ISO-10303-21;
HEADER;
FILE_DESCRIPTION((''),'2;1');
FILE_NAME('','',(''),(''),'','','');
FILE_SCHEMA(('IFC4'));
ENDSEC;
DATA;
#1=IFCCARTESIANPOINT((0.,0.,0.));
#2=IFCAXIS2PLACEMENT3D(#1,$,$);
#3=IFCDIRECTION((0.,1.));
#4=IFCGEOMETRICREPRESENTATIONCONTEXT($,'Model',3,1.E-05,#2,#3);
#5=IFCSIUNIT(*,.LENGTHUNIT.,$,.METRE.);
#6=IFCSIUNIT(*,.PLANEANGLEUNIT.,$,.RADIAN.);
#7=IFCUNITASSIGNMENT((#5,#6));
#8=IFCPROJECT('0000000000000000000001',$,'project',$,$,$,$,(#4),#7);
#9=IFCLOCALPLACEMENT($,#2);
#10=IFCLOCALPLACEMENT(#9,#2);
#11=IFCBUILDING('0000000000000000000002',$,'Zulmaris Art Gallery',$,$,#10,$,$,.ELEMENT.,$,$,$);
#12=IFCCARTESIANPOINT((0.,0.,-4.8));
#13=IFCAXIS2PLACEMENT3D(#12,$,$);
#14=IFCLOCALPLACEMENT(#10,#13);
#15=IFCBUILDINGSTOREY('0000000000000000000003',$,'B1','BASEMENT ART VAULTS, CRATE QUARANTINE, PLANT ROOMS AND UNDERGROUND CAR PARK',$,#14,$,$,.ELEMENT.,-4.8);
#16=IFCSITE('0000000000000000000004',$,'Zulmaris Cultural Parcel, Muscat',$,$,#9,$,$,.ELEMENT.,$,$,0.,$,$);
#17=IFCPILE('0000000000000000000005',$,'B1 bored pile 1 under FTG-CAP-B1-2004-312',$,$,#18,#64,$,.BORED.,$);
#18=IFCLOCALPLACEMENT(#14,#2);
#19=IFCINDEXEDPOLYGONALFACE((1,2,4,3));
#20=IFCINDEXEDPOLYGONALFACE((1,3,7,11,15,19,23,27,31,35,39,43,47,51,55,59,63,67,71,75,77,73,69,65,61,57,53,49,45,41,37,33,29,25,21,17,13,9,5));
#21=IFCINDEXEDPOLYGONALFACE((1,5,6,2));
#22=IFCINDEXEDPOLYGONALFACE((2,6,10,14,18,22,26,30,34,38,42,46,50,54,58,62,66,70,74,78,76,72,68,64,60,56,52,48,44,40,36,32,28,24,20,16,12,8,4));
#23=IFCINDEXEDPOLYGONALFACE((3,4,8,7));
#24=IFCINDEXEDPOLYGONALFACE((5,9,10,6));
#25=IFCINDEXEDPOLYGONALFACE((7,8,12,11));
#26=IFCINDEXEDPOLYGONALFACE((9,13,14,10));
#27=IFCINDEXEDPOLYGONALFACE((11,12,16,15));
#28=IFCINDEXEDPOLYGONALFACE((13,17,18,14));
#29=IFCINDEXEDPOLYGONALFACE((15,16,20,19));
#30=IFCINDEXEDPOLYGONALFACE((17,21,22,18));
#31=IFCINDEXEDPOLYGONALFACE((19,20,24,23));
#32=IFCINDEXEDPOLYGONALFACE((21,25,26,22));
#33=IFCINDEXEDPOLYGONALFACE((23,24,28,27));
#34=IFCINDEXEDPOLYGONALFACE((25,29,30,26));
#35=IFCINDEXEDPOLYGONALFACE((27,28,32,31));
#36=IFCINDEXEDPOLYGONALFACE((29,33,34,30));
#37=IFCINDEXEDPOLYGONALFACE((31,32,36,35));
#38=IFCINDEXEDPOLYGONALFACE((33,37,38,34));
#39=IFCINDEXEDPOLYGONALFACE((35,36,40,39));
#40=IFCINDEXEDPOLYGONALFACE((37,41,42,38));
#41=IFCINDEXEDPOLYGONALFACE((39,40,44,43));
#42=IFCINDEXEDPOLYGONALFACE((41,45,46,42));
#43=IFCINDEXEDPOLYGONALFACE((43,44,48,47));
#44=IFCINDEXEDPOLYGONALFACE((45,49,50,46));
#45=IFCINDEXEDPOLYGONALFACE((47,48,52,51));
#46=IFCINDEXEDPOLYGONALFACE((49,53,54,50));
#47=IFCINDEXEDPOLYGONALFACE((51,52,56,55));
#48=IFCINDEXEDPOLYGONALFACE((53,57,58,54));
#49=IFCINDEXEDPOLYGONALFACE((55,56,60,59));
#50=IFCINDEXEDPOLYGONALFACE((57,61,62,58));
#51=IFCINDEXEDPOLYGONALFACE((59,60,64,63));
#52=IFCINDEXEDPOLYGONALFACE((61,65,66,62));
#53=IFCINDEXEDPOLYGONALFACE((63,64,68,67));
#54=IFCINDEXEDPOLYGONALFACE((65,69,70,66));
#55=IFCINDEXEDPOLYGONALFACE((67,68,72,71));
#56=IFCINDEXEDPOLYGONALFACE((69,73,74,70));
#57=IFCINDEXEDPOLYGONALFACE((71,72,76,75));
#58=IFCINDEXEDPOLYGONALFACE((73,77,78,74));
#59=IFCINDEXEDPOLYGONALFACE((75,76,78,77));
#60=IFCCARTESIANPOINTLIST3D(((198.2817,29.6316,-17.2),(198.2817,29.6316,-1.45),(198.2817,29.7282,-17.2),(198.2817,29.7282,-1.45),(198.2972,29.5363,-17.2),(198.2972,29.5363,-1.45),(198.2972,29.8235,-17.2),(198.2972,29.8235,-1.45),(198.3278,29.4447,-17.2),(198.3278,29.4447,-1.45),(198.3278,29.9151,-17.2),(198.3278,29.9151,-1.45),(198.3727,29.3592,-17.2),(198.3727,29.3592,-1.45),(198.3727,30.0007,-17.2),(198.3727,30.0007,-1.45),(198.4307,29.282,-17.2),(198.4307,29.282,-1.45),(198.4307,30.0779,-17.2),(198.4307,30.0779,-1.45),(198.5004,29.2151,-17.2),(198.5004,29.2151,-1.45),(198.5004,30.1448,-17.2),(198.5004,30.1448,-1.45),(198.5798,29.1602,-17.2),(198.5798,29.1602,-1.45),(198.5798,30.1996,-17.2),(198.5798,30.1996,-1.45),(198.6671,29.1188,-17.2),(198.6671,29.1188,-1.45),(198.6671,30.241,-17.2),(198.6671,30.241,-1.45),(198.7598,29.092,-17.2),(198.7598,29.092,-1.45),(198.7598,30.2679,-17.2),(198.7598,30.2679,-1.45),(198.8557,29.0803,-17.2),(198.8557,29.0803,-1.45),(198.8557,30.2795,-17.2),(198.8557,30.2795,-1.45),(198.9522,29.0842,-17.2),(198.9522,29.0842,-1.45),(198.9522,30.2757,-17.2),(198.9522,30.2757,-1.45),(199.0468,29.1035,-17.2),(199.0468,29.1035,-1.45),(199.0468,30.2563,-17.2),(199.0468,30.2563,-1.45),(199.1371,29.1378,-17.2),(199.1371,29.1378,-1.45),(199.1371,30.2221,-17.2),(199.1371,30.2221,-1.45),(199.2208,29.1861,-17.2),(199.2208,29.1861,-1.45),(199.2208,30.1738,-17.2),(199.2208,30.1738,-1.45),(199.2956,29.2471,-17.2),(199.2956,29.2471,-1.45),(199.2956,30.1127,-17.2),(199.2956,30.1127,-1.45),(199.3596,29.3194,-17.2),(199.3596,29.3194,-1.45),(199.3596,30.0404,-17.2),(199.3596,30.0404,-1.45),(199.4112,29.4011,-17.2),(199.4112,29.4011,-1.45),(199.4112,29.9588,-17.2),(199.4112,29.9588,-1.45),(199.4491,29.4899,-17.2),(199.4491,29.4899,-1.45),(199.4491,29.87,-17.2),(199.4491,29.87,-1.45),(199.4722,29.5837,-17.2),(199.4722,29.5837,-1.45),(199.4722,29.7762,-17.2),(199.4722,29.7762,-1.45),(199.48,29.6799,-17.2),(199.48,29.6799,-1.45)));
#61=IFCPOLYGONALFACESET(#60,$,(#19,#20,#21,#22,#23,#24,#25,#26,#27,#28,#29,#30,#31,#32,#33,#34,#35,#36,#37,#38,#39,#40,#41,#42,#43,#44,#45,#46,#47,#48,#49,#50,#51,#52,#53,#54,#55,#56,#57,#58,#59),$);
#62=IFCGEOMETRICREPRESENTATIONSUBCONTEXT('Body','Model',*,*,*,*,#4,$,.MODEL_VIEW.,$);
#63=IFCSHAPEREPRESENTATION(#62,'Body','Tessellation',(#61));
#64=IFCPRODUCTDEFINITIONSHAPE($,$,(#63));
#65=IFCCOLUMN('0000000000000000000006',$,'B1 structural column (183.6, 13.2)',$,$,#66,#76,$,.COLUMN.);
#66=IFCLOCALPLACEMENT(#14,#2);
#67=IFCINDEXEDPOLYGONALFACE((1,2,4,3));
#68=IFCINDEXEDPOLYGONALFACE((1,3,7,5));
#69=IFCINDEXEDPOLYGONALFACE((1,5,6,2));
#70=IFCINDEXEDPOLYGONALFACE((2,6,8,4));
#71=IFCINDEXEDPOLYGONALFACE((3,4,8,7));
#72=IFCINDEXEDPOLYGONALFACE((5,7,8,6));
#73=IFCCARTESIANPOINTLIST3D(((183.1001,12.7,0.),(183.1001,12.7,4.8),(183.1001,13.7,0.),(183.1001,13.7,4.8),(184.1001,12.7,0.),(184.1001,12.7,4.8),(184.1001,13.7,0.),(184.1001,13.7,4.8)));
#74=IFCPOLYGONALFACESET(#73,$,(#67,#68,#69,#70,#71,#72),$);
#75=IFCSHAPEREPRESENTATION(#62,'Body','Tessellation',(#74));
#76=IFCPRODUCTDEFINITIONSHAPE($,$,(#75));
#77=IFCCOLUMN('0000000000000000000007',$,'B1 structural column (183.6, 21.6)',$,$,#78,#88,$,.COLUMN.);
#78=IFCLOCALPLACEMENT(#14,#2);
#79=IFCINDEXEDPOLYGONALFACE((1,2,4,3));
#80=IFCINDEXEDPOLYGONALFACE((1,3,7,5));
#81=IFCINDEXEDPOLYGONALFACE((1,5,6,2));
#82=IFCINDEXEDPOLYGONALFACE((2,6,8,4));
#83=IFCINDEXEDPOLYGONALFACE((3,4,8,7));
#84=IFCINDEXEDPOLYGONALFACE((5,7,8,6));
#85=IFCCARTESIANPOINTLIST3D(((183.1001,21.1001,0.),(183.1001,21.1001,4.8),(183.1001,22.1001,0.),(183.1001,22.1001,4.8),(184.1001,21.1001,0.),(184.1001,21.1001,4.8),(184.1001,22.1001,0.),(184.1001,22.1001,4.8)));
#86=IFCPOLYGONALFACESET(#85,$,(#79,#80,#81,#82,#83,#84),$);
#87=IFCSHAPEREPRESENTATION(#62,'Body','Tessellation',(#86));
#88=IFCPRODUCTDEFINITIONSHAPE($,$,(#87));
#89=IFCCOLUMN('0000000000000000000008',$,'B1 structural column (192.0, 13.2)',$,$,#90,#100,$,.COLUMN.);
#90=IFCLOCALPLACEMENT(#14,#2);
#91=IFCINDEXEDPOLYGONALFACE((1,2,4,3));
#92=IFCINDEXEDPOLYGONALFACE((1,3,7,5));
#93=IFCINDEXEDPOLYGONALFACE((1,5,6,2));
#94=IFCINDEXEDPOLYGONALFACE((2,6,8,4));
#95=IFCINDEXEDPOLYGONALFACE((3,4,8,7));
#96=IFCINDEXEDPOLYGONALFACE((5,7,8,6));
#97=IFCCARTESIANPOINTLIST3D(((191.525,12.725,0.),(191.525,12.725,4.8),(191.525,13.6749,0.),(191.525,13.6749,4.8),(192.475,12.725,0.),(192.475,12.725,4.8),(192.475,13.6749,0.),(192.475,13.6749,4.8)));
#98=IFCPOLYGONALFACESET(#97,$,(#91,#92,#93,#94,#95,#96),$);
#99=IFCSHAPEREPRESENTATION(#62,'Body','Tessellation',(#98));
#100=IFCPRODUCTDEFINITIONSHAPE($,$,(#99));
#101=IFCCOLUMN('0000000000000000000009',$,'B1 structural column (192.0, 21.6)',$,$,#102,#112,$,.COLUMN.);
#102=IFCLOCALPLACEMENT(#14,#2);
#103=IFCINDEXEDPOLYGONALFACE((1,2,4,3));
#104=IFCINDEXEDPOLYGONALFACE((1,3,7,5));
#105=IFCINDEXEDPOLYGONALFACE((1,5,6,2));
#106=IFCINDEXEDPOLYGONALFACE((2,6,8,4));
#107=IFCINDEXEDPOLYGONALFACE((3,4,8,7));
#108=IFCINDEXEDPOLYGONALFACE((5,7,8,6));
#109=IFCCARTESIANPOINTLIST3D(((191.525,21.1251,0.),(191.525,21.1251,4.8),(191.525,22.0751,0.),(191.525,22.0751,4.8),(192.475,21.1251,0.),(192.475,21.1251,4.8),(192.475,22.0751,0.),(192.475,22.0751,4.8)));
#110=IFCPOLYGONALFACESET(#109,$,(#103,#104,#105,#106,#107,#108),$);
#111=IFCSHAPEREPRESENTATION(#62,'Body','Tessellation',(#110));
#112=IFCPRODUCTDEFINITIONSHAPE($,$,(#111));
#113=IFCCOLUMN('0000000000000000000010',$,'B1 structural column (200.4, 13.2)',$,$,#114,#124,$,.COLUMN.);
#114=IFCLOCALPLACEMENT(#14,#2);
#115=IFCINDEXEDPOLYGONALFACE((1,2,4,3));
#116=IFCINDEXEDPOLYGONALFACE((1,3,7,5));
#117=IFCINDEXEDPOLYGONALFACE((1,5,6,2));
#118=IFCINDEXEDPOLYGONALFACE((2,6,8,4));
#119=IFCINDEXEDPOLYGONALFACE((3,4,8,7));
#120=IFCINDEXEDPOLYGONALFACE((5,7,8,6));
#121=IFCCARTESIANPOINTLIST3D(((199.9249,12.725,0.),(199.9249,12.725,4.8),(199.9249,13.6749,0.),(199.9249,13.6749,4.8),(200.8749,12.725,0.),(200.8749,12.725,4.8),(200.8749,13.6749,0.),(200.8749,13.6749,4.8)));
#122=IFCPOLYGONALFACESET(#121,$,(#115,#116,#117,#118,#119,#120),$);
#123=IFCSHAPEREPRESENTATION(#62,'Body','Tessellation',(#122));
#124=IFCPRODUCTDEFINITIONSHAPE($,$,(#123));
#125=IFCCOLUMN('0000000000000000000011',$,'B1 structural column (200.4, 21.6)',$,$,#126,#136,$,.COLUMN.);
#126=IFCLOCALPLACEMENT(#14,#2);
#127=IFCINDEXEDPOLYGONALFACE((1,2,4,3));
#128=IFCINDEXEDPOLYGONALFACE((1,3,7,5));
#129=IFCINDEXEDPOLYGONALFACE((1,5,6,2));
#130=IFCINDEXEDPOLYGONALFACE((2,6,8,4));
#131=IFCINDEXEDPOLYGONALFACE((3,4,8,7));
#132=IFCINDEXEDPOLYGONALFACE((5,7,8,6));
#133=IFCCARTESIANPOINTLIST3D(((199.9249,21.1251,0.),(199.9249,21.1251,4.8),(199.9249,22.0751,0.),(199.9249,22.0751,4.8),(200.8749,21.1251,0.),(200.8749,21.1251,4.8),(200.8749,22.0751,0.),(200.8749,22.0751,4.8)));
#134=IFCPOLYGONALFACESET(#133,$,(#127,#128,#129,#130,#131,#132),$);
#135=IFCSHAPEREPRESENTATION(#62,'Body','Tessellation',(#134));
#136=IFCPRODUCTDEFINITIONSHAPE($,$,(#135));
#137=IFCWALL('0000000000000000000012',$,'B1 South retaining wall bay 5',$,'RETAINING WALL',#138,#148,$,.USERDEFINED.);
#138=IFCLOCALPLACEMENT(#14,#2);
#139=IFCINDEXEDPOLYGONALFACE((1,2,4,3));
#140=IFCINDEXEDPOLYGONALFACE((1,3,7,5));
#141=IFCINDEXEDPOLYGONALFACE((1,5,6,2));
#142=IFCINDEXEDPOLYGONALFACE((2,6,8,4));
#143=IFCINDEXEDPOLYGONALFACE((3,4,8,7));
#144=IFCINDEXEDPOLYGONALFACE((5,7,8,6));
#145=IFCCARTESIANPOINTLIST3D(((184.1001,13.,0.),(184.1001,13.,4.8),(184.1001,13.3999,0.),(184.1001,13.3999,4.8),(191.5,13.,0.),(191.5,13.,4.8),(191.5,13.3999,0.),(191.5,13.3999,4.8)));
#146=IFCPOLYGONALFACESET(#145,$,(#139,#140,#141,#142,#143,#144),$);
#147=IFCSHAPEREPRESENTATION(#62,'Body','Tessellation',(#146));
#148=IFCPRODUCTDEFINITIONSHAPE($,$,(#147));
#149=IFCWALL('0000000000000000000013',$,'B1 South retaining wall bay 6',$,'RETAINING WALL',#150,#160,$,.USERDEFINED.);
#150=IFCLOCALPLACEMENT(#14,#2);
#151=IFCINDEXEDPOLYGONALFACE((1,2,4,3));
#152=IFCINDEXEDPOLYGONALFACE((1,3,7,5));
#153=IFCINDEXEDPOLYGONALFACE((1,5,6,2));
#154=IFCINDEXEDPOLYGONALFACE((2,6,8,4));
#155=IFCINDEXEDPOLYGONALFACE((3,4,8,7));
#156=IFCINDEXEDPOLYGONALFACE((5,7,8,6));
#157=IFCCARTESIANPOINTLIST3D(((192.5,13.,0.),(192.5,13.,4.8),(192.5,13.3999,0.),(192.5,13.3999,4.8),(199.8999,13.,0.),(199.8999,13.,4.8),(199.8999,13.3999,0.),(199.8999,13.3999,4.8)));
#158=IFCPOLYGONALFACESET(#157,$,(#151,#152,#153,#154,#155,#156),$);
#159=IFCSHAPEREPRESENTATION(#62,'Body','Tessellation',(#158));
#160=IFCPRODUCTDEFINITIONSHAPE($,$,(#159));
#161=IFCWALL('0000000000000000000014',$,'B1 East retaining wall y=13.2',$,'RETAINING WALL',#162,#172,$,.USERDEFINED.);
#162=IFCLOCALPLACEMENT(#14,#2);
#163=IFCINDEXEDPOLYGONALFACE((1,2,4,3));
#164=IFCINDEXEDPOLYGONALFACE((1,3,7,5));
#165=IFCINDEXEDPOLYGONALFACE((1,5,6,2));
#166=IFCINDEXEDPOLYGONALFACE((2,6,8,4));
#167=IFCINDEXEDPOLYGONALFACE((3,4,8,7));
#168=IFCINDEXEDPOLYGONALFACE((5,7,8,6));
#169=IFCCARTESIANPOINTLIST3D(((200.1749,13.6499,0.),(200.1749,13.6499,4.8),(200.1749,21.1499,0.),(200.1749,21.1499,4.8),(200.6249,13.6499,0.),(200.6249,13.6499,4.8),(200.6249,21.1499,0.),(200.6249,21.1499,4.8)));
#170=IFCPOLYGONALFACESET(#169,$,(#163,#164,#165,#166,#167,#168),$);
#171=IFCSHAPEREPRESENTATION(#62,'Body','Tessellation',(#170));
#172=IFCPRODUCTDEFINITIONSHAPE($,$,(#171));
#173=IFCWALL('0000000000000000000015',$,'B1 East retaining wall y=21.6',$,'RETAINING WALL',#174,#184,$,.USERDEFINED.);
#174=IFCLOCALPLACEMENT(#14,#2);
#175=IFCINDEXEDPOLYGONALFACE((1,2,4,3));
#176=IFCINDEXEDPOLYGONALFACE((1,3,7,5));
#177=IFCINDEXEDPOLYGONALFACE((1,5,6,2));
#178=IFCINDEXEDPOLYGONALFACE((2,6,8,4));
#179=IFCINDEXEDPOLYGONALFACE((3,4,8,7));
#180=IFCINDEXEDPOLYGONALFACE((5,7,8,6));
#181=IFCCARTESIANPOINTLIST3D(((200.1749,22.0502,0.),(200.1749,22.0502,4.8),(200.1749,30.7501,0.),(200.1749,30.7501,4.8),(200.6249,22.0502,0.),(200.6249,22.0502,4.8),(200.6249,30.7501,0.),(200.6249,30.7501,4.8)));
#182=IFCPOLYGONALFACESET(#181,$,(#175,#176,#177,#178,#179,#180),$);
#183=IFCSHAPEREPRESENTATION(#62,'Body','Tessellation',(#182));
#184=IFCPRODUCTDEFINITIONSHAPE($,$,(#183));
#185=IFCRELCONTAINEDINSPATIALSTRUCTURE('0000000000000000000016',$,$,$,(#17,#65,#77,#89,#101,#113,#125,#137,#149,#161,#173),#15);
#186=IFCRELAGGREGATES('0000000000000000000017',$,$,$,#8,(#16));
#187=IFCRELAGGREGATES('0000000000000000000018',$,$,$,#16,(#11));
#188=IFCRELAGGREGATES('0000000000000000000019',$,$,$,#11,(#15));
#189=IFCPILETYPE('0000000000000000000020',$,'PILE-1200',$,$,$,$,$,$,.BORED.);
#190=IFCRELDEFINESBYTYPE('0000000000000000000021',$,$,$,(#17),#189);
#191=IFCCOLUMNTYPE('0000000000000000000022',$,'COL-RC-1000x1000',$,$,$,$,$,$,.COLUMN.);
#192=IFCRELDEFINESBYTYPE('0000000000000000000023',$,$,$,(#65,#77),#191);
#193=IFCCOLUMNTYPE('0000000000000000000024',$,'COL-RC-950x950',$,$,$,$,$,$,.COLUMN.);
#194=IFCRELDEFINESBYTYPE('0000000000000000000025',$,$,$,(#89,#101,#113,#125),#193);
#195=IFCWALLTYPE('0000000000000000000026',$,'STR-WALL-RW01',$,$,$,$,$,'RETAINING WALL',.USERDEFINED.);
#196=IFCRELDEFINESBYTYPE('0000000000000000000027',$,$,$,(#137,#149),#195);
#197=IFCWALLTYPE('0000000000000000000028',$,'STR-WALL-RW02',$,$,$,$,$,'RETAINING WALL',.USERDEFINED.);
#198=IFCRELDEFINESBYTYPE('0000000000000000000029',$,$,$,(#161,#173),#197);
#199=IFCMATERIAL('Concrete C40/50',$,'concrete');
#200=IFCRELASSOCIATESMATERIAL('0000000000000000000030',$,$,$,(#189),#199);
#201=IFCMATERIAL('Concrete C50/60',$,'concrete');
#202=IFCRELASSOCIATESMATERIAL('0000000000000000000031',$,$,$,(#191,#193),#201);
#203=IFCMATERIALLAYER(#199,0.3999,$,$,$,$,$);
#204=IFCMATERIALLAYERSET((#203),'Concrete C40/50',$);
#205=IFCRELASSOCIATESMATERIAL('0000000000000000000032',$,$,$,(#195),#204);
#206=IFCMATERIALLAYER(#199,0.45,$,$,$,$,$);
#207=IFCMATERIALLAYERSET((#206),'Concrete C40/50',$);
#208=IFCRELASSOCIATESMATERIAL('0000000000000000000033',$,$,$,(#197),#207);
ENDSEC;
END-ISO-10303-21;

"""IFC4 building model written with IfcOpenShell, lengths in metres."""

from ifc_helpers import new_model, si_unit, direction, frame, frame_2d, origin, origin_2d, place, context, subcontext, project, spatial, rectangle, circle, extrude, material, layer, layer_set, material_profile, profile_set, type_object, element, save


model = new_model("IFC4")

# Units and contexts
model_context = context("Model", 3, precision=1e-05, world=origin(), true_north=direction((0.0, 1.0)))
body_context = subcontext(model_context, "Body", "Model", "MODEL_VIEW")
ifc_project = project(units=[si_unit("LENGTHUNIT", "METRE"), si_unit("PLANEANGLEUNIT", "RADIAN")], contexts=[model_context])

# Site, building, storey
site_placement = place(None, origin())
site = spatial("IfcSite", under=ifc_project, at=site_placement, Name="Zulmaris Cultural Parcel, Muscat", CompositionType="ELEMENT", RefElevation=0.0)
building_placement = place(site_placement, origin())
building = spatial("IfcBuilding", under=site, at=building_placement, Name="Zulmaris Art Gallery", CompositionType="ELEMENT")
storey_placement = place(building_placement, frame((0.0, 0.0, -4.8)))
storey = spatial("IfcBuildingStorey", under=building, at=storey_placement, Name="B1", Description="BASEMENT ART VAULTS, CRATE QUARANTINE, PLANT ROOMS AND UNDERGROUND CAR PARK", CompositionType="ELEMENT", Elevation=-4.8)

# Pile
ifc_material_1 = material(Name="Concrete C40/50", Category="concrete")
ifc_material_profile_1 = material_profile(ifc_material_1, circle(Radius=0.6001, at=origin_2d()), Name="PILE DIA 1200")
ifc_profile_set_1 = profile_set([ifc_material_profile_1], Name="Concrete C40/50")
pile_type = type_object("IfcPileType", Name="PILE-1200", PredefinedType="BORED", material=ifc_profile_set_1)
for number, where, z_axis, x_axis, name in (
    (1, (198.8799, 29.6799, -1.45), (0.0, 0.0, -1.0), (1.0, 0.0, 0.0), "B1 bored pile 1 under FTG-CAP-B1-2004-312"),
):
    element("IfcPile", number, at=place(storey_placement, frame(where, z_axis=z_axis, x_axis=x_axis)), inside=storey, type_object=pile_type, Name=name, PredefinedType="BORED", context=body_context, shape_type="SweptSolid", body=[
        extrude(circle(Radius=0.6001, at=origin_2d()), origin(), (0.0, 0.0, 1.0), 15.75),
    ])

# Columns
ifc_material_2 = material(Name="Concrete C50/60", Category="concrete")
ifc_material_profile_2 = material_profile(ifc_material_2, rectangle(XDim=1.0, YDim=1.0, at=origin_2d()), Name="RC 1000x1000")
ifc_profile_set_2 = profile_set([ifc_material_profile_2], Name="Concrete C50/60")
column_type_1 = type_object("IfcColumnType", Name="COL-RC-1000x1000", PredefinedType="COLUMN", material=ifc_profile_set_2)
for number, where, z_axis, x_axis, name in (
    (2, (183.6001, 13.2, 0.0), (0.0, 0.0, 1.0), (1.0, 0.0, 0.0), "B1 structural column (183.6, 13.2)"),
    (3, (183.6001, 21.6001, 0.0), (0.0, 0.0, 1.0), (1.0, 0.0, 0.0), "B1 structural column (183.6, 21.6)"),
):
    element("IfcColumn", number, at=place(storey_placement, frame(where, z_axis=z_axis, x_axis=x_axis)), inside=storey, type_object=column_type_1, Name=name, PredefinedType="COLUMN", context=body_context, shape_type="SweptSolid", body=[
        extrude(rectangle(XDim=1.0, YDim=1.0, at=origin_2d()), origin(), (0.0, 0.0, 1.0), 4.8),
    ])
ifc_material_profile_3 = material_profile(ifc_material_2, rectangle(XDim=0.95, YDim=0.95, at=origin_2d()), Name="RC 950x950")
ifc_profile_set_3 = profile_set([ifc_material_profile_3], Name="Concrete C50/60")
column_type_2 = type_object("IfcColumnType", Name="COL-RC-950x950", PredefinedType="COLUMN", material=ifc_profile_set_3)
for number, where, z_axis, x_axis, name in (
    (4, (192.0, 13.2, 0.0), (0.0, 0.0, 1.0), (1.0, 0.0, 0.0), "B1 structural column (192.0, 13.2)"),
    (5, (192.0, 21.6001, 0.0), (0.0, 0.0, 1.0), (1.0, 0.0, 0.0), "B1 structural column (192.0, 21.6)"),
    (6, (200.3999, 13.2, 0.0), (0.0, 0.0, 1.0), (1.0, 0.0, 0.0), "B1 structural column (200.4, 13.2)"),
    (7, (200.3999, 21.6001, 0.0), (0.0, 0.0, 1.0), (1.0, 0.0, 0.0), "B1 structural column (200.4, 21.6)"),
):
    element("IfcColumn", number, at=place(storey_placement, frame(where, z_axis=z_axis, x_axis=x_axis)), inside=storey, type_object=column_type_2, Name=name, PredefinedType="COLUMN", context=body_context, shape_type="SweptSolid", body=[
        extrude(rectangle(XDim=0.95, YDim=0.95, at=origin_2d()), origin(), (0.0, 0.0, 1.0), 4.8),
    ])

# Walls
ifc_layer_1 = layer(ifc_material_1, 0.3999)
ifc_layer_set_1 = layer_set([ifc_layer_1], Name="Concrete C40/50")
wall_type_1 = type_object("IfcWallType", Name="STR-WALL-RW01", ElementType="RETAINING WALL", PredefinedType="USERDEFINED", material=ifc_layer_set_1)
for number, where, z_axis, x_axis, name in (
    (8, (184.1001, 13.2, 0.0), (0.0, 0.0, 1.0), (1.0, 0.0, 0.0), "B1 South retaining wall bay 5"),
    (9, (192.5, 13.2, 0.0), (0.0, 0.0, 1.0), (1.0, 0.0, 0.0), "B1 South retaining wall bay 6"),
):
    element("IfcWall", number, at=place(storey_placement, frame(where, z_axis=z_axis, x_axis=x_axis)), inside=storey, type_object=wall_type_1, Name=name, ObjectType="RETAINING WALL", PredefinedType="USERDEFINED", context=body_context, shape_type="SweptSolid", body=[
        extrude(rectangle(XDim=7.3999, YDim=0.3999, at=frame_2d((3.7, 0.0))), origin(), (0.0, 0.0, 1.0), 4.8),
    ])
ifc_layer_2 = layer(ifc_material_1, 0.45)
ifc_layer_set_2 = layer_set([ifc_layer_2], Name="Concrete C40/50")
wall_type_2 = type_object("IfcWallType", Name="STR-WALL-RW02", ElementType="RETAINING WALL", PredefinedType="USERDEFINED", material=ifc_layer_set_2)
wall_1_placement = place(storey_placement, frame((200.3999, 13.6499, 0.0), z_axis=(0.0, 0.0, 1.0), x_axis=(0.0, 1.0, 0.0)))
element("IfcWall", 10, at=wall_1_placement, inside=storey, type_object=wall_type_2, Name="B1 East retaining wall y=13.2", ObjectType="RETAINING WALL", PredefinedType="USERDEFINED", context=body_context, shape_type="SweptSolid", body=[
    extrude(rectangle(XDim=7.5, YDim=0.45, at=frame_2d((3.75, 0.0))), origin(), (0.0, 0.0, 1.0), 4.8),
])
wall_2_placement = place(storey_placement, frame((200.3999, 22.05, 0.0), z_axis=(0.0, 0.0, 1.0), x_axis=(0.0, 1.0, 0.0)))
element("IfcWall", 11, at=wall_2_placement, inside=storey, type_object=wall_type_2, Name="B1 East retaining wall y=21.6", ObjectType="RETAINING WALL", PredefinedType="USERDEFINED", context=body_context, shape_type="SweptSolid", body=[
    extrude(rectangle(XDim=8.7, YDim=0.45, at=frame_2d((4.3501, 0.0))), origin(), (0.0, 0.0, 1.0), 4.8),
])

save(model, "model.ifc")
